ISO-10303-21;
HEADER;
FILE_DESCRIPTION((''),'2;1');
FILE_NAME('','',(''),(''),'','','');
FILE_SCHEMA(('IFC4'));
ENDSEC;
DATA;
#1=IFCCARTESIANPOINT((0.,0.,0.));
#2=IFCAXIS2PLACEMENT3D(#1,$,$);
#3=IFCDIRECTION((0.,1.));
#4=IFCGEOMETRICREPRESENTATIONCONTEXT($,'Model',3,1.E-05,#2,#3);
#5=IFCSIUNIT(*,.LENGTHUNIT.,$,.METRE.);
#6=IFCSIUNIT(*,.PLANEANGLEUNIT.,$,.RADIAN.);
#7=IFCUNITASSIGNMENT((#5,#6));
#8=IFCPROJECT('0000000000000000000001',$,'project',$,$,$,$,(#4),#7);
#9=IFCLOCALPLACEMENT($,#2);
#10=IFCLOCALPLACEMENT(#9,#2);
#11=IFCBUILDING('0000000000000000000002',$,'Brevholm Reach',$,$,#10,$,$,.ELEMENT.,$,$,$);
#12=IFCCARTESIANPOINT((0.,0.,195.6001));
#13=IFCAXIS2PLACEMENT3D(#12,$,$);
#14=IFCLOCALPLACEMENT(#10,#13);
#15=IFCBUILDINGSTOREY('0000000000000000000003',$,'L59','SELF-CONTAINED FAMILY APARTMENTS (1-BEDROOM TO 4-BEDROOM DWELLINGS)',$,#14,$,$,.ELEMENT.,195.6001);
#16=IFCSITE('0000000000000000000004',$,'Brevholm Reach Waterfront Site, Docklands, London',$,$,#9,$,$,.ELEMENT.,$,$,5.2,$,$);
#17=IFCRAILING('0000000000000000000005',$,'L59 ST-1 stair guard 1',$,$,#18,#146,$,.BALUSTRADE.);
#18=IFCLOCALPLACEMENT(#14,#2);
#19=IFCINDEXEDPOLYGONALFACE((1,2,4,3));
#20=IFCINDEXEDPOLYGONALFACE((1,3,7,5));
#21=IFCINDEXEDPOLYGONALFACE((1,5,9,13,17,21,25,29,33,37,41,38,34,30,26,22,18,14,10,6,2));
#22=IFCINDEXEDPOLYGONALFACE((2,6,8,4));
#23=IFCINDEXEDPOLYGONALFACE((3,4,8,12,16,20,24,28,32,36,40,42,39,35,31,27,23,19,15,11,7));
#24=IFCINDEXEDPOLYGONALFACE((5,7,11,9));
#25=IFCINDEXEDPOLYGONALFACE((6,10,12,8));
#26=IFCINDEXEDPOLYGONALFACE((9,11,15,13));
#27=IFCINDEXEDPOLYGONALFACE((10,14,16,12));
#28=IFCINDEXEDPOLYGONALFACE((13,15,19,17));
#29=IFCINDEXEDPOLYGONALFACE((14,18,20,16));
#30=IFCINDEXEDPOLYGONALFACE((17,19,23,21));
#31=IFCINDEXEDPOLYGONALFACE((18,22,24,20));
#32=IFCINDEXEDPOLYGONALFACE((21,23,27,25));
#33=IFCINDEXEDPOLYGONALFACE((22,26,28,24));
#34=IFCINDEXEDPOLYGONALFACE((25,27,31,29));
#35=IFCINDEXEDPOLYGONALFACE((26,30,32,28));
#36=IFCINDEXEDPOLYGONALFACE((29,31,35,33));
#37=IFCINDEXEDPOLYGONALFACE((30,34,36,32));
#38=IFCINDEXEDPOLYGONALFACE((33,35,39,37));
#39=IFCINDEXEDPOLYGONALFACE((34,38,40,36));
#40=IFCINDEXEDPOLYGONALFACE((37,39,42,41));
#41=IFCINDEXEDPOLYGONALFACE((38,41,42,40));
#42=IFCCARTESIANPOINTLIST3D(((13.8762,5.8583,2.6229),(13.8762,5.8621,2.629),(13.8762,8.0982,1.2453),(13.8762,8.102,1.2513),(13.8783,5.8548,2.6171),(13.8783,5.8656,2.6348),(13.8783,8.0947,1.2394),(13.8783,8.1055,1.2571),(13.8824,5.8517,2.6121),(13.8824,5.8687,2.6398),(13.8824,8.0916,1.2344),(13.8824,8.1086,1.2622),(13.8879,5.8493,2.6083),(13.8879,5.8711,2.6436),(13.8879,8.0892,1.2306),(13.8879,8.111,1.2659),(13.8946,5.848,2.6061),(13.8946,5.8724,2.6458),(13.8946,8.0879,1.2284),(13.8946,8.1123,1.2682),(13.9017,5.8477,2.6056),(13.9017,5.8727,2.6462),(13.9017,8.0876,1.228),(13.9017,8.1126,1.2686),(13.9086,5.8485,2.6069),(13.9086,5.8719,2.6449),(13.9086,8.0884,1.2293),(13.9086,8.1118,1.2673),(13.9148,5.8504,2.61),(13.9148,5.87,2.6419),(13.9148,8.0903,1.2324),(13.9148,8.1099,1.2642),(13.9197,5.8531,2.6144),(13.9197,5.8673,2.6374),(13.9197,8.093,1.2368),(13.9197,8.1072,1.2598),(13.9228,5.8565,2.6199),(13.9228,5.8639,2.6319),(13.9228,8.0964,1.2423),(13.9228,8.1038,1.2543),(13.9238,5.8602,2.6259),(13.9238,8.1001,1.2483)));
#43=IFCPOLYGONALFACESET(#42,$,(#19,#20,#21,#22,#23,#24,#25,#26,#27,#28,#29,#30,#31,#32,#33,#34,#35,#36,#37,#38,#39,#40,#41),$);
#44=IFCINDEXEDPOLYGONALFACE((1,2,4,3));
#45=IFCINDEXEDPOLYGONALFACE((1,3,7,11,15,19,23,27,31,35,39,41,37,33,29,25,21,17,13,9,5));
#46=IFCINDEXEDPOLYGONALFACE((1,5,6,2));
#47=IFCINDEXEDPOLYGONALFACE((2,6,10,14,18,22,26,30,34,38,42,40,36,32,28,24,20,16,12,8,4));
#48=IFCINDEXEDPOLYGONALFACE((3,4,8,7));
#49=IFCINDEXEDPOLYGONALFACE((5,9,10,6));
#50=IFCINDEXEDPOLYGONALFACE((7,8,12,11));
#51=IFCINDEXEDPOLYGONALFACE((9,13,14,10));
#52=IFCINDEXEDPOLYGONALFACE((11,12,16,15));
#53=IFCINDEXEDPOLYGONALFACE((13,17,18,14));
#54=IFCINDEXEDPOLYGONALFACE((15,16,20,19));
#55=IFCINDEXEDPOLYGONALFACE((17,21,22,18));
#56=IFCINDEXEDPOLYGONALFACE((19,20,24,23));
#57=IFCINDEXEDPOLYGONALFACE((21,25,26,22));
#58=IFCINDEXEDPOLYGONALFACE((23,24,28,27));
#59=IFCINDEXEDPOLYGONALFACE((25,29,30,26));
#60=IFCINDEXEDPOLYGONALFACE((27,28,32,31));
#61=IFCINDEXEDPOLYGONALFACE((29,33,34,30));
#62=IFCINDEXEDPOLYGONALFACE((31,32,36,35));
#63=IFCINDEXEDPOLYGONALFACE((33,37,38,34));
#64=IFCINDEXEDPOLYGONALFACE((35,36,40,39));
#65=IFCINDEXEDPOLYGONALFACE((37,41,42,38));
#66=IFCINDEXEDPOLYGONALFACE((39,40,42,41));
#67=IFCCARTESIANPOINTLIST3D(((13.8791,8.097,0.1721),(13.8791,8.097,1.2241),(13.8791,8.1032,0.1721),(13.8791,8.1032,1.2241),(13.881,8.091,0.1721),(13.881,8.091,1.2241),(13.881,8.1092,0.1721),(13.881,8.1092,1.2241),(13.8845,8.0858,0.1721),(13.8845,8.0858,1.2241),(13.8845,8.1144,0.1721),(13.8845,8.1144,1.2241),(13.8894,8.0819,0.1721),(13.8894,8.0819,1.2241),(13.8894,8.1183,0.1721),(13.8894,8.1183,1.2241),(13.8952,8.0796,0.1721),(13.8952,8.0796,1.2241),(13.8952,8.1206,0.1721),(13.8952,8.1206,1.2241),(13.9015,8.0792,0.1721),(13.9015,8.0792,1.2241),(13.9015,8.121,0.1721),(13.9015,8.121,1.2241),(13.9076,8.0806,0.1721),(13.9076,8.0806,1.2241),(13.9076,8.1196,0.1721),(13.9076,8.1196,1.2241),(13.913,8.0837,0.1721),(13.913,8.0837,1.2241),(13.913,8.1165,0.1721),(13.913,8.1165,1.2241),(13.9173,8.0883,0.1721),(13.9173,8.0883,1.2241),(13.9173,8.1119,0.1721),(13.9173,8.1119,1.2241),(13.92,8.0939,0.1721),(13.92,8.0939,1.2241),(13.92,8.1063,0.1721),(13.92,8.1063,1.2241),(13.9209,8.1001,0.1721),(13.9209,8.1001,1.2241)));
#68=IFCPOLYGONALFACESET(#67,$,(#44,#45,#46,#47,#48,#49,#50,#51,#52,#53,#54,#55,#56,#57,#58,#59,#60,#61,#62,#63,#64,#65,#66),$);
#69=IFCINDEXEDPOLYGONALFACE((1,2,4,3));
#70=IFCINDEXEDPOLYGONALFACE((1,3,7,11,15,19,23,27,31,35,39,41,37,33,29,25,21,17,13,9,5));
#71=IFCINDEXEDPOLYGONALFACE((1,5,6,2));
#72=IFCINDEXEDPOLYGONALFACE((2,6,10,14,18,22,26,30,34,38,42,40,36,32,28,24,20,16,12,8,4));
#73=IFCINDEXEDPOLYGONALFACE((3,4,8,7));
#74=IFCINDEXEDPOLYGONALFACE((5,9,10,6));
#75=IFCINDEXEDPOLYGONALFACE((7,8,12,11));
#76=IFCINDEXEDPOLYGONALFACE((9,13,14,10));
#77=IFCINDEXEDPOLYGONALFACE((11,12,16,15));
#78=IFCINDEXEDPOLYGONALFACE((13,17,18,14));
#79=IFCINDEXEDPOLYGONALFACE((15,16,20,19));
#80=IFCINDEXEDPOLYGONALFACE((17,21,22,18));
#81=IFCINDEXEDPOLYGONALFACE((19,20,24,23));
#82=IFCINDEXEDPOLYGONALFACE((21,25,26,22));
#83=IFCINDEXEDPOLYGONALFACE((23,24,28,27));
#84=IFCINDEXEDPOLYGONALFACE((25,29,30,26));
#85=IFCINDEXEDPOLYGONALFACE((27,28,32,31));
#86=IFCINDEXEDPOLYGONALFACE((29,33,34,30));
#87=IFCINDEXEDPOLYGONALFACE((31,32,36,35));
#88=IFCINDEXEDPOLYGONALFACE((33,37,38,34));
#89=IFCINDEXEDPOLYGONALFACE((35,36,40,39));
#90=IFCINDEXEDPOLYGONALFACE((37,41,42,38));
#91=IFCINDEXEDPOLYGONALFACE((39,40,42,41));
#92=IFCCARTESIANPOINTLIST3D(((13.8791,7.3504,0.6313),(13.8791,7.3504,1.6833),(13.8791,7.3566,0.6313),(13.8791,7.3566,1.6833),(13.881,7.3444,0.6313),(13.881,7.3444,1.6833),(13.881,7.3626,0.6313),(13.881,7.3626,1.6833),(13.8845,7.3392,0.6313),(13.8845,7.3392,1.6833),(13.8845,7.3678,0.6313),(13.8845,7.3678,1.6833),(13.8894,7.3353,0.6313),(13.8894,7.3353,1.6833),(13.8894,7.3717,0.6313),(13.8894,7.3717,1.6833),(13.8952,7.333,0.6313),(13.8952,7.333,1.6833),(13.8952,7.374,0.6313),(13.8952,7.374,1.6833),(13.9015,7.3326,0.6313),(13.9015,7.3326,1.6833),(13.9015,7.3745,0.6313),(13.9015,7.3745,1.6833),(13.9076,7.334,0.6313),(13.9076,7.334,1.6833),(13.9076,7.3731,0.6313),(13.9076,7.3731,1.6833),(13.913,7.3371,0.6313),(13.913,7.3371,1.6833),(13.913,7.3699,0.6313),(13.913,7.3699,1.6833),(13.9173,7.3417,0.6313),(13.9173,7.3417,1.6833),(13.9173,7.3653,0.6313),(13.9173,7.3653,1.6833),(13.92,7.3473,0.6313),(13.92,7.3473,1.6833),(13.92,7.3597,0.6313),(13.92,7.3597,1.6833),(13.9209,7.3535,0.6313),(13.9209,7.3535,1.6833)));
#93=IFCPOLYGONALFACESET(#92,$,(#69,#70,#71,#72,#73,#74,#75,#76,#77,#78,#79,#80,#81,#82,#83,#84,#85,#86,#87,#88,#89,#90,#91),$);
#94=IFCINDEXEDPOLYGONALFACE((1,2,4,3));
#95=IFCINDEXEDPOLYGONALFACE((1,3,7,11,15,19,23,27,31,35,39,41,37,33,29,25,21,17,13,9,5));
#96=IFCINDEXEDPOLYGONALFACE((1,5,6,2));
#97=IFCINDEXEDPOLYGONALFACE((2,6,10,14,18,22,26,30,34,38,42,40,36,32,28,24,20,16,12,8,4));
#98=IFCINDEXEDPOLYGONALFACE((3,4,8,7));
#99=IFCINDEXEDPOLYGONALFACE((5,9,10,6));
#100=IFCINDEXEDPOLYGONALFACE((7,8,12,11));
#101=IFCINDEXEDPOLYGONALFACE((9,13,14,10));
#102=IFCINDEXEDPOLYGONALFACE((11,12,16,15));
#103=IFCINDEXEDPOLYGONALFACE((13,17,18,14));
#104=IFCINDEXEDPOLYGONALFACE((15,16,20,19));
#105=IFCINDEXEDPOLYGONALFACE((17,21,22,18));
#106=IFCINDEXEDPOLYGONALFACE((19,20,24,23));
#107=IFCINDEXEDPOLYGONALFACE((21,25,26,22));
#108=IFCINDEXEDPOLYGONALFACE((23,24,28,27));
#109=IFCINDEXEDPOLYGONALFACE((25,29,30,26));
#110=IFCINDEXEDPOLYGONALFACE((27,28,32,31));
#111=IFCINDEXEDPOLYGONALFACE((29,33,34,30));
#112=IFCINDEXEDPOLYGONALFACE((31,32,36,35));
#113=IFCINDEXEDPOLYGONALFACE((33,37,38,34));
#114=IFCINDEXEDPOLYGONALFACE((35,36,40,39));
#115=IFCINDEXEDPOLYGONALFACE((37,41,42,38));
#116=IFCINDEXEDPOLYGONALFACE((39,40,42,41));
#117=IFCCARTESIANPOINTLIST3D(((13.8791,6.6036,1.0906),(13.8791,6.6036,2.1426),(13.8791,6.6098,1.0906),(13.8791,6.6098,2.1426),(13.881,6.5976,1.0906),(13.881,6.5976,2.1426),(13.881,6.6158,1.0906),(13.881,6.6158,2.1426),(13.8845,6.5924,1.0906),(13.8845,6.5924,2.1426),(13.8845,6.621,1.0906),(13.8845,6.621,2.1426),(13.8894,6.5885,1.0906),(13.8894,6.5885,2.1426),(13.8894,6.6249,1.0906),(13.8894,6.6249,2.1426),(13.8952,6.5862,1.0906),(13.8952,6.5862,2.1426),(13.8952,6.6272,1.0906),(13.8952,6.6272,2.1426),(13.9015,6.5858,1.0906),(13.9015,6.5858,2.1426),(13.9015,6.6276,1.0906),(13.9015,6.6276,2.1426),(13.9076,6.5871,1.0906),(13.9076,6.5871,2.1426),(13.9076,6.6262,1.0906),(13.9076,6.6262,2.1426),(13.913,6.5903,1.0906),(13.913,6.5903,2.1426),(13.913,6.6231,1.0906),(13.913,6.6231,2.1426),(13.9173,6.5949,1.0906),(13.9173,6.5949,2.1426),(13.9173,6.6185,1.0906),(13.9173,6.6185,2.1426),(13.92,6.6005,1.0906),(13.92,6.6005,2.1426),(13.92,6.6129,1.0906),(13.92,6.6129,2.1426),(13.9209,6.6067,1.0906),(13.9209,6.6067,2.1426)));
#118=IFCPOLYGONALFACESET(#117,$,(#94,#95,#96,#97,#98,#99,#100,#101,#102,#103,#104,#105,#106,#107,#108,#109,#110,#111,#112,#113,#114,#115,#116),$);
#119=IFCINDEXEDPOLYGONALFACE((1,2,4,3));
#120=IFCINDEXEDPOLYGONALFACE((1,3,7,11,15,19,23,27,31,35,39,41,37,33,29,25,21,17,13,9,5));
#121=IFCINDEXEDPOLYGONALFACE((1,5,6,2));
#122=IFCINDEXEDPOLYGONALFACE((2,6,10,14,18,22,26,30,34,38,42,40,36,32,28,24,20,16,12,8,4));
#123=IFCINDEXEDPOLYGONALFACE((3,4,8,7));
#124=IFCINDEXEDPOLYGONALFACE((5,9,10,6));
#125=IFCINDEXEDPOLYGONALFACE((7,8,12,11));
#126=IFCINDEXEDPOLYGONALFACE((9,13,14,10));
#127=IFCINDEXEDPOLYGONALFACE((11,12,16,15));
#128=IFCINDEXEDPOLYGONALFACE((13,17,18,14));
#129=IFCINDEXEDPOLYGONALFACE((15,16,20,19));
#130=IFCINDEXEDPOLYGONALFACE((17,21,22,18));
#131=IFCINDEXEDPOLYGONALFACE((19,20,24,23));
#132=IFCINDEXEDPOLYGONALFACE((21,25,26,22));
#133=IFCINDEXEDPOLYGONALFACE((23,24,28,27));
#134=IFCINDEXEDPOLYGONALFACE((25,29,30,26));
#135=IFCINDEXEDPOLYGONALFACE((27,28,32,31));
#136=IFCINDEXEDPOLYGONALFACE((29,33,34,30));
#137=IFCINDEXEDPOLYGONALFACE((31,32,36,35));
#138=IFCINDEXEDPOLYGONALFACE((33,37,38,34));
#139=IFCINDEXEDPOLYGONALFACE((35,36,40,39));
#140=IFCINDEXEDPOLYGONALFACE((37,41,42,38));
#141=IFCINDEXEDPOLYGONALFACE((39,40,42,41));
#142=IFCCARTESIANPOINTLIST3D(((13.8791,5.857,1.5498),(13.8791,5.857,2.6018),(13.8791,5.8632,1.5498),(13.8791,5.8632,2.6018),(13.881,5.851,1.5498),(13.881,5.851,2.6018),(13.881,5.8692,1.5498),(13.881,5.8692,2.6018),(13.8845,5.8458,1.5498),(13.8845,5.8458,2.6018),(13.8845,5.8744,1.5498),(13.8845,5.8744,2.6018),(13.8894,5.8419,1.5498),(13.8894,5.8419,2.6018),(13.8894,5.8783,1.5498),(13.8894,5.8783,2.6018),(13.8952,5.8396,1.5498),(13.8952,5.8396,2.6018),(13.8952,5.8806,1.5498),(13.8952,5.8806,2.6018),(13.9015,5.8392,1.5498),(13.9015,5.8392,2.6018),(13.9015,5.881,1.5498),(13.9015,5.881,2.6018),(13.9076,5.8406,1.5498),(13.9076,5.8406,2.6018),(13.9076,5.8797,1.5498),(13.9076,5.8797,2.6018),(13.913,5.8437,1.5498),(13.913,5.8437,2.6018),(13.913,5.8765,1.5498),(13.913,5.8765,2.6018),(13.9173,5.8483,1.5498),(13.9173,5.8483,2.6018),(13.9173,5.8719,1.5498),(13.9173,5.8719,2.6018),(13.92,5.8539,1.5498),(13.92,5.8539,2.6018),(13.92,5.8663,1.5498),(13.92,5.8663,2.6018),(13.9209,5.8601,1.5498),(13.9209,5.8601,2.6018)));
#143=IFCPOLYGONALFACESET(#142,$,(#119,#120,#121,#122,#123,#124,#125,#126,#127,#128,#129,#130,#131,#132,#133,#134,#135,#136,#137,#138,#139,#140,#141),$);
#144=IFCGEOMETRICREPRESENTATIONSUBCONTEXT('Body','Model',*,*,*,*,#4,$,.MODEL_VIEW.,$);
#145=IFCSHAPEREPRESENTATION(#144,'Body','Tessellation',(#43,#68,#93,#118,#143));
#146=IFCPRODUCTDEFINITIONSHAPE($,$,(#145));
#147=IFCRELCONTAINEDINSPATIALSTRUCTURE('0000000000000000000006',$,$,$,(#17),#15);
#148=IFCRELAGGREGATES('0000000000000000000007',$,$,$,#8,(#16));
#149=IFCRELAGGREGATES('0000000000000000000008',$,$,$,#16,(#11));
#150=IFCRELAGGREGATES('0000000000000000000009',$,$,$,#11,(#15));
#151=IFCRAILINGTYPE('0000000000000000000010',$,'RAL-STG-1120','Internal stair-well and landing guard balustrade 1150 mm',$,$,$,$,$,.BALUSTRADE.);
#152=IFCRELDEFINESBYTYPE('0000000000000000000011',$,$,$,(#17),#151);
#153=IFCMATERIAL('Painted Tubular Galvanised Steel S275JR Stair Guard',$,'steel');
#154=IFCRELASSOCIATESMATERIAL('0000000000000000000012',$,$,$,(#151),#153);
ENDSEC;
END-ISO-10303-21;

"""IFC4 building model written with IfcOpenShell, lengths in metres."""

from ifc_helpers import new_model, si_unit, direction, frame, origin, origin_2d, place, context, subcontext, project, spatial, circle, extrude, material, type_object, element, save


model = new_model("IFC4")

# Units and contexts
model_context = context("Model", 3, precision=1e-05, world=origin(), true_north=direction((0.0, 1.0)))
body_context = subcontext(model_context, "Body", "Model", "MODEL_VIEW")
ifc_project = project(units=[si_unit("LENGTHUNIT", "METRE"), si_unit("PLANEANGLEUNIT", "RADIAN")], contexts=[model_context])

# Site, building, storey
site_placement = place(None, origin())
site = spatial("IfcSite", under=ifc_project, at=site_placement, Name="Brevholm Reach Waterfront Site, Docklands, London", CompositionType="ELEMENT", RefElevation=5.2)
building_placement = place(site_placement, origin())
building = spatial("IfcBuilding", under=site, at=building_placement, Name="Brevholm Reach", CompositionType="ELEMENT")
storey_placement = place(building_placement, frame((0.0, 0.0, 195.6001)))
storey = spatial("IfcBuildingStorey", under=building, at=storey_placement, Name="L59", Description="SELF-CONTAINED FAMILY APARTMENTS (1-BEDROOM TO 4-BEDROOM DWELLINGS)", CompositionType="ELEMENT", Elevation=195.6001)

# Railing
ifc_material_1 = material(Name="Painted Tubular Galvanised Steel S275JR Stair Guard", Category="steel")
railing_type_1 = type_object("IfcRailingType", Name="RAL-STG-1120", Description="Internal stair-well and landing guard balustrade 1150 mm", PredefinedType="BALUSTRADE", material=ifc_material_1)
railing_1_placement = place(storey_placement, frame((13.8999, 8.1001, 0.1721)))
element("IfcRailing", 1, at=railing_1_placement, inside=storey, type_object=railing_type_1, Name="L59 ST-1 stair guard 1", PredefinedType="BALUSTRADE", context=body_context, shape_type="SweptSolid", body=[
    extrude(circle(Radius=0.0239, at=origin_2d()), frame((0.0, 0.0, 1.0762), z_axis=(0.0, -0.851789, 0.523885), x_axis=(1.0, 0.0, 0.0)), (0.0, 0.0, 1.0), 2.6296),
    extrude(circle(Radius=0.021, at=origin_2d()), origin(), (0.0, 0.0, 1.0), 1.052),
    extrude(circle(Radius=0.021, at=origin_2d()), frame((0.0, -0.7466, 0.4592)), (0.0, 0.0, 1.0), 1.052),
    extrude(circle(Radius=0.021, at=origin_2d()), frame((0.0, -1.4934, 0.9185)), (0.0, 0.0, 1.0), 1.052),
    extrude(circle(Radius=0.021, at=origin_2d()), frame((0.0, -2.24, 1.3777)), (0.0, 0.0, 1.0), 1.052),
])

save(model, "model.ifc")
